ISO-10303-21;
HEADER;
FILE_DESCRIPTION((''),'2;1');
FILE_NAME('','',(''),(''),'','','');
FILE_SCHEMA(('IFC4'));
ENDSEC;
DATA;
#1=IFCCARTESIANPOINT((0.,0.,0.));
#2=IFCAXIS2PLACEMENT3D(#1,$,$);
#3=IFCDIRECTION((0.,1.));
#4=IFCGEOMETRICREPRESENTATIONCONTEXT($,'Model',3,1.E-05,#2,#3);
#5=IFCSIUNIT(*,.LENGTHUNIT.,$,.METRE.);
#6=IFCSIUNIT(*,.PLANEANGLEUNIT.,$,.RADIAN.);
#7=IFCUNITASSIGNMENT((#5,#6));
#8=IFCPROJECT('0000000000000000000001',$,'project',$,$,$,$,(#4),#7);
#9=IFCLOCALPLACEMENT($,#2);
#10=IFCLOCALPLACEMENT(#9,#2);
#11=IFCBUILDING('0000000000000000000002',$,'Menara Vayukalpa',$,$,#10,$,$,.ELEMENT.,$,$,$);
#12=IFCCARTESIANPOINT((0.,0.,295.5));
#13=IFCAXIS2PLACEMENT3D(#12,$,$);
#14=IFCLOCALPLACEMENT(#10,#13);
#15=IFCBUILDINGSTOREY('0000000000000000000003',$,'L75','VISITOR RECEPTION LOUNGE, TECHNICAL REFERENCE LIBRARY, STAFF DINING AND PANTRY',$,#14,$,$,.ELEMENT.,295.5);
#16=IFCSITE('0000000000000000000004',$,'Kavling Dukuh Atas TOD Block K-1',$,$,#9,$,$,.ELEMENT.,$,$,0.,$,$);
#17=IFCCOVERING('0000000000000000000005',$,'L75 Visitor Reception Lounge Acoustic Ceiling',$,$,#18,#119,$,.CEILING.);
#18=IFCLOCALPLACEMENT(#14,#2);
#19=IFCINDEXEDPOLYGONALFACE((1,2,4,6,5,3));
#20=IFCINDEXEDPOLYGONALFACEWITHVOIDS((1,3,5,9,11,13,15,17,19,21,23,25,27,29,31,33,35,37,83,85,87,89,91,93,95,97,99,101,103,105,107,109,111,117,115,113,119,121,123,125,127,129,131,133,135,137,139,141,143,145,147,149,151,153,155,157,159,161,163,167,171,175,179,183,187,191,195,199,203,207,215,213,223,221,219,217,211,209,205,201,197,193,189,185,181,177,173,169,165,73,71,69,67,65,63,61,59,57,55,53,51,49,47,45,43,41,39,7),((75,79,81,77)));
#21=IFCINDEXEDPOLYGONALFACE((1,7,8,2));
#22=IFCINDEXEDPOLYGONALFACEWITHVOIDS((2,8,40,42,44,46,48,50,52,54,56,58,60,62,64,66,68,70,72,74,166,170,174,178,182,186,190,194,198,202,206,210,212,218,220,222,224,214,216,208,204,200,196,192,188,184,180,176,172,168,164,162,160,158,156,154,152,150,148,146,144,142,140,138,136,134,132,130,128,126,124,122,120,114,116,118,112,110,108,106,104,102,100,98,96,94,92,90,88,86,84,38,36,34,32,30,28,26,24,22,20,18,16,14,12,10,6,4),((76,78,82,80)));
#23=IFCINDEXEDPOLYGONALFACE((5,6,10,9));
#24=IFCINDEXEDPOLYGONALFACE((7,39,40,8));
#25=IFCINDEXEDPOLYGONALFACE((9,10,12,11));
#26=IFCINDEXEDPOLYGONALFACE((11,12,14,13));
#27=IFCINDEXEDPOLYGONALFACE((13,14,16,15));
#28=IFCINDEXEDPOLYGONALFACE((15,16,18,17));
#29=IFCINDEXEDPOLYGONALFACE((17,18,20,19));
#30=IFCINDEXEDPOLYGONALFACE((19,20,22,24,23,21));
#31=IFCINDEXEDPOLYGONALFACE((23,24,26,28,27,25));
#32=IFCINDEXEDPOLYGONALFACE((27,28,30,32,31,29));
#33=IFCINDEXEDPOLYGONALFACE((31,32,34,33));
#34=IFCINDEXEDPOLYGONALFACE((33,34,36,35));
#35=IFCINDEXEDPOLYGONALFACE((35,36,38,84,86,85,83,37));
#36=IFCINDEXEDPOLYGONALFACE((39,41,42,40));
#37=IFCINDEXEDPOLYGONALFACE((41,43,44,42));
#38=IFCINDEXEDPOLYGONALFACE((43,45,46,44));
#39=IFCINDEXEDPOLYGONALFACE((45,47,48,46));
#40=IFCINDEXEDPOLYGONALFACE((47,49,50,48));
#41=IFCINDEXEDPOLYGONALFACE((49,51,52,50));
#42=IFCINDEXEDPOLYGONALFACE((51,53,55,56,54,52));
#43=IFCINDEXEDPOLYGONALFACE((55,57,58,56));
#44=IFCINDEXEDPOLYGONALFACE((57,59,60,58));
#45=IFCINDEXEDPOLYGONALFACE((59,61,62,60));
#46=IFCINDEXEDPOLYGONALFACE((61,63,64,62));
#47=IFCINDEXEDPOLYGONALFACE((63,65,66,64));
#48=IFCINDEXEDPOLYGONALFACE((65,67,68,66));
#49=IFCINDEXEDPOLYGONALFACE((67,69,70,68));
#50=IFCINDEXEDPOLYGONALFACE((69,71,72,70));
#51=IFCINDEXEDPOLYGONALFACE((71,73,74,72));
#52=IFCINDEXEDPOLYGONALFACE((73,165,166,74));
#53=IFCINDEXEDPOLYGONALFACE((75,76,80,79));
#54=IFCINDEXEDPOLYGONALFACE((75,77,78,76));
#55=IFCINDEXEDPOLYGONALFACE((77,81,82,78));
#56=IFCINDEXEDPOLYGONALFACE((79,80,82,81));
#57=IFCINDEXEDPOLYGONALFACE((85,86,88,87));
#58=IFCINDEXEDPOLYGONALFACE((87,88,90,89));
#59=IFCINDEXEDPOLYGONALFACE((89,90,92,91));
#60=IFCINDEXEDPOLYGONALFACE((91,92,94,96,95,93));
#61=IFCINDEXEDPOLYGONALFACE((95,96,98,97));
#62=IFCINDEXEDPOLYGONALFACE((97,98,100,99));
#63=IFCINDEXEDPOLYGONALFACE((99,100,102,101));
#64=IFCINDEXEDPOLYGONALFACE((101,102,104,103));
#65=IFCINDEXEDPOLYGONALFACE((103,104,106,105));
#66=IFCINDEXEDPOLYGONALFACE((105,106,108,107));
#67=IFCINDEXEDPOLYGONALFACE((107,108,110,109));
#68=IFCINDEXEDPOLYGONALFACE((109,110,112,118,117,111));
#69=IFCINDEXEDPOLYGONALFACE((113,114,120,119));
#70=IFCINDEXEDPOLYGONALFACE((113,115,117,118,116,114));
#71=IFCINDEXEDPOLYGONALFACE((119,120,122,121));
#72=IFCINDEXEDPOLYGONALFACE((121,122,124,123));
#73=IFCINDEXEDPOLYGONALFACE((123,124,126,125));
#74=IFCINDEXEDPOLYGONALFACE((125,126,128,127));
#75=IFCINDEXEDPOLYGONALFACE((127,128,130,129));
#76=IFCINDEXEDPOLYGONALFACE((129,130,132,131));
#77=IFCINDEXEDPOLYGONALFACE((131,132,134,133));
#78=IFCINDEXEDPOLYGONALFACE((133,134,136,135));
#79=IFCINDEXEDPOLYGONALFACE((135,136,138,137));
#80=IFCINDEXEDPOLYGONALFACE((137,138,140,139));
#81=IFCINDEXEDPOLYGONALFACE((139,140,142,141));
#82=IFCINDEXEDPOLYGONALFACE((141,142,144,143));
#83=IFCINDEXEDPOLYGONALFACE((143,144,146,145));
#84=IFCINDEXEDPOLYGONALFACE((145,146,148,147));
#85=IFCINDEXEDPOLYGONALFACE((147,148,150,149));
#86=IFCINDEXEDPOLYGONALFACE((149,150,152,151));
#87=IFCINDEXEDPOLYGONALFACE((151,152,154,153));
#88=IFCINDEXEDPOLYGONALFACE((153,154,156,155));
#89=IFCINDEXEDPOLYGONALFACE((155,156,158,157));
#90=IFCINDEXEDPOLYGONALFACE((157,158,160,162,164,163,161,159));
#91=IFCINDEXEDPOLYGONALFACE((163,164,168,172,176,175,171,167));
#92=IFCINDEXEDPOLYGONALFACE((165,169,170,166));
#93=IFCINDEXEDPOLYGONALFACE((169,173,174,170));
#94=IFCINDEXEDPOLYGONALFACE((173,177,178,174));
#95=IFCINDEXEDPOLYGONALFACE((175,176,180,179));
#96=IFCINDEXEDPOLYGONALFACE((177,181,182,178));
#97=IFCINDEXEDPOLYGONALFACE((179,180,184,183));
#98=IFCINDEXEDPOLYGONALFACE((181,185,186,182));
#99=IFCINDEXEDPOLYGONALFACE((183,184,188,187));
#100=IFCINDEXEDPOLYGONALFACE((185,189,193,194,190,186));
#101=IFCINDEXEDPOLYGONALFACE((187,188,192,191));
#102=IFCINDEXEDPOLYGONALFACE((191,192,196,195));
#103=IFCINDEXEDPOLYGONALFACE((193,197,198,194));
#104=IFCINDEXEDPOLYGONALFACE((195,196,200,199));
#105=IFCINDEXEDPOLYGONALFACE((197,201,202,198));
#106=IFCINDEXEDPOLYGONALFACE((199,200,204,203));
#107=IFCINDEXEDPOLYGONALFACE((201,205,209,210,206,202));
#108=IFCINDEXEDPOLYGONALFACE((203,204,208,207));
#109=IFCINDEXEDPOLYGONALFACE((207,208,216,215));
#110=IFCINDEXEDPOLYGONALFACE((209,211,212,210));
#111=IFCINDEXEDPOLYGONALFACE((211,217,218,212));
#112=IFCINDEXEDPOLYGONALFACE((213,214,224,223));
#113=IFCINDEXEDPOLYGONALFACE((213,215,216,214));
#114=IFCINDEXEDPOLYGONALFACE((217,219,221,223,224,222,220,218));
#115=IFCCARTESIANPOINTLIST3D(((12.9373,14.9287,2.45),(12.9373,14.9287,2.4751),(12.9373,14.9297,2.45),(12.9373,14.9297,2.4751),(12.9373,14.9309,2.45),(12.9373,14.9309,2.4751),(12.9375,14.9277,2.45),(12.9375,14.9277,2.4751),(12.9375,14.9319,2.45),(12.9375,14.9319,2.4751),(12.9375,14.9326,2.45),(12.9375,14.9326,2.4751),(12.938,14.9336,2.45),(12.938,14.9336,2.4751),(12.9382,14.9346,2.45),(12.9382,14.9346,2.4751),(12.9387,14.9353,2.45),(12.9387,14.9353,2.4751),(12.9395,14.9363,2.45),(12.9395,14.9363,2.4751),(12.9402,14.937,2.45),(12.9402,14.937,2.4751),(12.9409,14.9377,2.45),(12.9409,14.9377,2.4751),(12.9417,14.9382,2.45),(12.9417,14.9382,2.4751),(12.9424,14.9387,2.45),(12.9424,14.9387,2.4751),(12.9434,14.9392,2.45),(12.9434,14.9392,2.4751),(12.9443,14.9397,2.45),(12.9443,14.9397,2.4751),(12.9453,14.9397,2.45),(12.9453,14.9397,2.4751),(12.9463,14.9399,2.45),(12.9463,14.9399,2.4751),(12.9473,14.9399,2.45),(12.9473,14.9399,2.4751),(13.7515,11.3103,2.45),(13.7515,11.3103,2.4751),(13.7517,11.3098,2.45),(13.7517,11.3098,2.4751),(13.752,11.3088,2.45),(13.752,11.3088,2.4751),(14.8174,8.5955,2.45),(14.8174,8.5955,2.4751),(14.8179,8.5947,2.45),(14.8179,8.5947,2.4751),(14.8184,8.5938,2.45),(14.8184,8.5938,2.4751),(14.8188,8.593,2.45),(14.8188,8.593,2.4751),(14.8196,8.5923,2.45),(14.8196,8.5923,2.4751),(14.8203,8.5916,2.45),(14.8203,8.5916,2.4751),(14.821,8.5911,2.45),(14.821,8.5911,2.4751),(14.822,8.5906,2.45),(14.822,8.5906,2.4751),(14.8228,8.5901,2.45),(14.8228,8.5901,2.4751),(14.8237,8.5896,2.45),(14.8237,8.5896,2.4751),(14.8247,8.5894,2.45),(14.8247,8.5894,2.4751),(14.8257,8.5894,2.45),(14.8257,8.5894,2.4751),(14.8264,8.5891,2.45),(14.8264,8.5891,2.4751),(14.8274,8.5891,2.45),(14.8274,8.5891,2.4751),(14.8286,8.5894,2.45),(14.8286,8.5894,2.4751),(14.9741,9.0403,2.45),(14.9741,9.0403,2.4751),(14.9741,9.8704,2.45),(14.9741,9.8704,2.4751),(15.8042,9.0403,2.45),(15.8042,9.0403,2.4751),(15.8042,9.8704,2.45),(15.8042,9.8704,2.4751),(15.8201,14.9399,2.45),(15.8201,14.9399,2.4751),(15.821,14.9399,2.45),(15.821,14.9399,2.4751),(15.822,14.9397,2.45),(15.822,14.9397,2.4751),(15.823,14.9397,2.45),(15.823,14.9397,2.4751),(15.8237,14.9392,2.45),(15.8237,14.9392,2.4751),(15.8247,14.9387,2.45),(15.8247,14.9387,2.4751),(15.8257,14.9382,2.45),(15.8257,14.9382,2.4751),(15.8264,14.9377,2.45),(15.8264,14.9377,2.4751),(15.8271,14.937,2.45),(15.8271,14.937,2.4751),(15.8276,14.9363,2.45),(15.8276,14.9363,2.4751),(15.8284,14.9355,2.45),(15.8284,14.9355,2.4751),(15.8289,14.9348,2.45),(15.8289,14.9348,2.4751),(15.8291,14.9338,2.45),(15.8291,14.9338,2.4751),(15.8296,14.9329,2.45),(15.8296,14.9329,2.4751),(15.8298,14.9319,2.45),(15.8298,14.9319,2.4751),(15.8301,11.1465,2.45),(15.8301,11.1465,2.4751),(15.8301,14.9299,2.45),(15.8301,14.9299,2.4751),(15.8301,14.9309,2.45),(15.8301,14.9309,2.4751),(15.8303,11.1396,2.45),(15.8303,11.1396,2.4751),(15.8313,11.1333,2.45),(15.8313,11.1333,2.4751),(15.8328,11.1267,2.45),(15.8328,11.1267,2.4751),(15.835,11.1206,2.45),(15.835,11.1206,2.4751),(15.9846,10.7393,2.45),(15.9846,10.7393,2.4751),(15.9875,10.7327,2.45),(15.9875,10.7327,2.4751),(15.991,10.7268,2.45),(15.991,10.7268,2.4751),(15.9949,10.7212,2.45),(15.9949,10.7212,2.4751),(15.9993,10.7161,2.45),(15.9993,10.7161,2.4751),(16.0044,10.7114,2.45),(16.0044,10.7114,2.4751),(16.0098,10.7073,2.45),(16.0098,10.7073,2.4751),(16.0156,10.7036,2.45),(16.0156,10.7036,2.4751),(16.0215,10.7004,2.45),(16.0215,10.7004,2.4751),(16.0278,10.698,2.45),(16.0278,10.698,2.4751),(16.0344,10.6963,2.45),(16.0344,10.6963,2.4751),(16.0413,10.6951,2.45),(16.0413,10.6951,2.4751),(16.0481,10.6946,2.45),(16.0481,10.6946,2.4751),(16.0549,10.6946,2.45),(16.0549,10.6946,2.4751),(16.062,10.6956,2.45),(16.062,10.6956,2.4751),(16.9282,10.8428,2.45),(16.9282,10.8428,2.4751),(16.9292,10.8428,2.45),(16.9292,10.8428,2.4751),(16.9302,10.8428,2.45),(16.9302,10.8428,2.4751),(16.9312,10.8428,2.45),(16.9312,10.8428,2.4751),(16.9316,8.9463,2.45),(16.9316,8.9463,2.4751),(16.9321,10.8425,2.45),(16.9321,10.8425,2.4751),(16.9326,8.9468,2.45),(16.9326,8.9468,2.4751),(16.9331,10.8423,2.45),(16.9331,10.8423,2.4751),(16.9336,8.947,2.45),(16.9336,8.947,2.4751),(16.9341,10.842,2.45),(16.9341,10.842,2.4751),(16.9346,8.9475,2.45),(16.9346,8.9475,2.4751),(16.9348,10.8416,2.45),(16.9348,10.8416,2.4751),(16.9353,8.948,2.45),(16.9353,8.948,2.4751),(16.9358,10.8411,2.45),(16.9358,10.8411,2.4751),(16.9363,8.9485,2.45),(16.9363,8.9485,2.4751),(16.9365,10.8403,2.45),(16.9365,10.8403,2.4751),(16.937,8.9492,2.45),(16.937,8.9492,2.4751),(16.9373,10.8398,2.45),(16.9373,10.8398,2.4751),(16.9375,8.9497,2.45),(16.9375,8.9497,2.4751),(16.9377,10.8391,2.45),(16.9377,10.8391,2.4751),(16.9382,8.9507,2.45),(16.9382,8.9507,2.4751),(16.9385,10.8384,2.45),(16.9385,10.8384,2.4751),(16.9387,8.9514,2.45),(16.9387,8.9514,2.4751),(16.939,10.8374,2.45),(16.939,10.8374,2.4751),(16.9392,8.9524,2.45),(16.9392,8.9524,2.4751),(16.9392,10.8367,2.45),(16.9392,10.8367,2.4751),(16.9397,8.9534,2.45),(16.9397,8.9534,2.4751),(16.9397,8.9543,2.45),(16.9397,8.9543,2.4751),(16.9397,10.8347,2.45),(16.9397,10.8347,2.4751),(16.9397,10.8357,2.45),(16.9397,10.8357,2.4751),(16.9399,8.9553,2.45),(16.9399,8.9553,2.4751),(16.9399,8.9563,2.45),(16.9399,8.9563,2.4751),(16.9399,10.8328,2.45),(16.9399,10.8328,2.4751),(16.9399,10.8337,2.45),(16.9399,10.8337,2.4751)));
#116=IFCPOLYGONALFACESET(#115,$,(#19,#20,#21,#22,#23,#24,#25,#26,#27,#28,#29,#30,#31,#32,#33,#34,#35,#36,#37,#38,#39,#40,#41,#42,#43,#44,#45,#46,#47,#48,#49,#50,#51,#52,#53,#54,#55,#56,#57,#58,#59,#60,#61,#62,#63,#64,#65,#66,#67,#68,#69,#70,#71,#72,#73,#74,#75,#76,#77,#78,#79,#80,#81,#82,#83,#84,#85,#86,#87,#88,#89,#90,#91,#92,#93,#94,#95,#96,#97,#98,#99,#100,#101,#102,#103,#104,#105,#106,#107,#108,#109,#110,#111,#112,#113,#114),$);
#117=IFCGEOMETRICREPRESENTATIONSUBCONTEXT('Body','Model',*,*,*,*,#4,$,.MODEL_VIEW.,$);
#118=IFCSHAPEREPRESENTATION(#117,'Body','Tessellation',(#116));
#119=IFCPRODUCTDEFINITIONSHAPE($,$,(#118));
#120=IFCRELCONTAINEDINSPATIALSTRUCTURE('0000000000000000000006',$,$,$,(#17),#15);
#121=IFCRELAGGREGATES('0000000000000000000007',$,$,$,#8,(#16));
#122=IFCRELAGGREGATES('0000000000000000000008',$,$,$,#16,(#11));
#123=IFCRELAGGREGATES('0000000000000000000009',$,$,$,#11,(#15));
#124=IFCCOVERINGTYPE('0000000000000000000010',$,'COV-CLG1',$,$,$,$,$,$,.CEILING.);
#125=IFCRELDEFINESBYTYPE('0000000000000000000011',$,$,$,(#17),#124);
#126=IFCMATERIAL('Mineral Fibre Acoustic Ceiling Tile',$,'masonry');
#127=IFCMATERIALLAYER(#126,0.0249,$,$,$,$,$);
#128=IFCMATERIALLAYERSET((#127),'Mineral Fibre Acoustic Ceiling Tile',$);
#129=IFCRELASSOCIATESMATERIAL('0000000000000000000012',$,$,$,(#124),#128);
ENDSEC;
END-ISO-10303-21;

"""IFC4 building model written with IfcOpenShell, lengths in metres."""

from ifc_helpers import new_model, si_unit, direction, frame, origin, place, context, subcontext, project, spatial, polyline, outline, extrude, material, layer, layer_set, type_object, element, save


model = new_model("IFC4")

# Units and contexts
model_context = context("Model", 3, precision=1e-05, world=origin(), true_north=direction((0.0, 1.0)))
body_context = subcontext(model_context, "Body", "Model", "MODEL_VIEW")
ifc_project = project(units=[si_unit("LENGTHUNIT", "METRE"), si_unit("PLANEANGLEUNIT", "RADIAN")], contexts=[model_context])

# Site, building, storey
site_placement = place(None, origin())
site = spatial("IfcSite", under=ifc_project, at=site_placement, Name="Kavling Dukuh Atas TOD Block K-1", CompositionType="ELEMENT", RefElevation=0.0)
building_placement = place(site_placement, origin())
building = spatial("IfcBuilding", under=site, at=building_placement, Name="Menara Vayukalpa", CompositionType="ELEMENT")
storey_placement = place(building_placement, frame((0.0, 0.0, 295.5)))
storey = spatial("IfcBuildingStorey", under=building, at=storey_placement, Name="L75", Description="VISITOR RECEPTION LOUNGE, TECHNICAL REFERENCE LIBRARY, STAFF DINING AND PANTRY", CompositionType="ELEMENT", Elevation=295.5)

# Covering
ifc_material_1 = material(Name="Mineral Fibre Acoustic Ceiling Tile", Category="masonry")
ifc_layer_1 = layer(ifc_material_1, 0.0249)
ifc_layer_set_1 = layer_set([ifc_layer_1], Name="Mineral Fibre Acoustic Ceiling Tile")
covering_type_1 = type_object("IfcCoveringType", Name="COV-CLG1", PredefinedType="CEILING", material=ifc_layer_set_1)
covering_1_placement = place(storey_placement, frame((0.0, 0.0, 2.45)))
element("IfcCovering", 1, at=covering_1_placement, inside=storey, type_object=covering_type_1, Name="L75 Visitor Reception Lounge Acoustic Ceiling", PredefinedType="CEILING", context=body_context, shape_type="SweptSolid", body=[
    extrude(outline(polyline([(14.8264, 8.5891), (14.8257, 8.5894), (14.8247, 8.5894), (14.8237, 8.5896), (14.8228, 8.5901), (14.822, 8.5906), (14.821, 8.5911), (14.8203, 8.5916), (14.8196, 8.5923), (14.8188, 8.593), (14.8184, 8.5938), (14.8179, 8.5947), (14.8174, 8.5955), (13.752, 11.3088), (13.7517, 11.3098), (13.7515, 11.3103), (12.9375, 14.9277), (12.9373, 14.9287), (12.9373, 14.9297), (12.9373, 14.9309), (12.9375, 14.9319), (12.9375, 14.9326), (12.938, 14.9336), (12.9382, 14.9346), (12.9387, 14.9353), (12.9395, 14.9363), (12.9402, 14.937), (12.9409, 14.9377), (12.9417, 14.9382), (12.9424, 14.9387), (12.9434, 14.9392), (12.9443, 14.9397), (12.9453, 14.9397), (12.9463, 14.9399), (12.9473, 14.9399), (15.8201, 14.9399), (15.821, 14.9399), (15.822, 14.9397), (15.823, 14.9397), (15.8237, 14.9392), (15.8247, 14.9387), (15.8257, 14.9382), (15.8264, 14.9377), (15.8271, 14.937), (15.8276, 14.9363), (15.8284, 14.9355), (15.8289, 14.9348), (15.8291, 14.9338), (15.8296, 14.9329), (15.8298, 14.9319), (15.8301, 14.9309), (15.8301, 14.9299), (15.8301, 11.1465), (15.8303, 11.1396), (15.8313, 11.1333), (15.8328, 11.1267), (15.835, 11.1206), (15.9846, 10.7393), (15.9875, 10.7327), (15.991, 10.7268), (15.9949, 10.7212), (15.9993, 10.7161), (16.0044, 10.7114), (16.0098, 10.7073), (16.0156, 10.7036), (16.0215, 10.7004), (16.0278, 10.698), (16.0344, 10.6963), (16.0413, 10.6951), (16.0481, 10.6946), (16.0549, 10.6946), (16.062, 10.6956), (16.9282, 10.8428), (16.9292, 10.8428), (16.9302, 10.8428), (16.9312, 10.8428), (16.9321, 10.8425), (16.9331, 10.8423), (16.9341, 10.842), (16.9348, 10.8416), (16.9358, 10.8411), (16.9365, 10.8403), (16.9373, 10.8398), (16.9377, 10.8391), (16.9385, 10.8384), (16.939, 10.8374), (16.9392, 10.8367), (16.9397, 10.8357), (16.9397, 10.8347), (16.9399, 10.8337), (16.9399, 10.8328), (16.9399, 8.9563), (16.9399, 8.9553), (16.9397, 8.9543), (16.9397, 8.9534), (16.9392, 8.9524), (16.9387, 8.9514), (16.9382, 8.9507), (16.9375, 8.9497), (16.937, 8.9492), (16.9363, 8.9485), (16.9353, 8.948), (16.9346, 8.9475), (16.9336, 8.947), (16.9326, 8.9468), (16.9316, 8.9463), (14.8286, 8.5894), (14.8274, 8.5891), (14.8264, 8.5891)]), holes=[polyline([(14.9741, 9.8704), (14.9741, 9.0403), (15.8042, 9.0403), (15.8042, 9.8704), (14.9741, 9.8704)])]), origin(), (0.0, 0.0, 1.0), 0.0251),
])

save(model, "model.ifc")
